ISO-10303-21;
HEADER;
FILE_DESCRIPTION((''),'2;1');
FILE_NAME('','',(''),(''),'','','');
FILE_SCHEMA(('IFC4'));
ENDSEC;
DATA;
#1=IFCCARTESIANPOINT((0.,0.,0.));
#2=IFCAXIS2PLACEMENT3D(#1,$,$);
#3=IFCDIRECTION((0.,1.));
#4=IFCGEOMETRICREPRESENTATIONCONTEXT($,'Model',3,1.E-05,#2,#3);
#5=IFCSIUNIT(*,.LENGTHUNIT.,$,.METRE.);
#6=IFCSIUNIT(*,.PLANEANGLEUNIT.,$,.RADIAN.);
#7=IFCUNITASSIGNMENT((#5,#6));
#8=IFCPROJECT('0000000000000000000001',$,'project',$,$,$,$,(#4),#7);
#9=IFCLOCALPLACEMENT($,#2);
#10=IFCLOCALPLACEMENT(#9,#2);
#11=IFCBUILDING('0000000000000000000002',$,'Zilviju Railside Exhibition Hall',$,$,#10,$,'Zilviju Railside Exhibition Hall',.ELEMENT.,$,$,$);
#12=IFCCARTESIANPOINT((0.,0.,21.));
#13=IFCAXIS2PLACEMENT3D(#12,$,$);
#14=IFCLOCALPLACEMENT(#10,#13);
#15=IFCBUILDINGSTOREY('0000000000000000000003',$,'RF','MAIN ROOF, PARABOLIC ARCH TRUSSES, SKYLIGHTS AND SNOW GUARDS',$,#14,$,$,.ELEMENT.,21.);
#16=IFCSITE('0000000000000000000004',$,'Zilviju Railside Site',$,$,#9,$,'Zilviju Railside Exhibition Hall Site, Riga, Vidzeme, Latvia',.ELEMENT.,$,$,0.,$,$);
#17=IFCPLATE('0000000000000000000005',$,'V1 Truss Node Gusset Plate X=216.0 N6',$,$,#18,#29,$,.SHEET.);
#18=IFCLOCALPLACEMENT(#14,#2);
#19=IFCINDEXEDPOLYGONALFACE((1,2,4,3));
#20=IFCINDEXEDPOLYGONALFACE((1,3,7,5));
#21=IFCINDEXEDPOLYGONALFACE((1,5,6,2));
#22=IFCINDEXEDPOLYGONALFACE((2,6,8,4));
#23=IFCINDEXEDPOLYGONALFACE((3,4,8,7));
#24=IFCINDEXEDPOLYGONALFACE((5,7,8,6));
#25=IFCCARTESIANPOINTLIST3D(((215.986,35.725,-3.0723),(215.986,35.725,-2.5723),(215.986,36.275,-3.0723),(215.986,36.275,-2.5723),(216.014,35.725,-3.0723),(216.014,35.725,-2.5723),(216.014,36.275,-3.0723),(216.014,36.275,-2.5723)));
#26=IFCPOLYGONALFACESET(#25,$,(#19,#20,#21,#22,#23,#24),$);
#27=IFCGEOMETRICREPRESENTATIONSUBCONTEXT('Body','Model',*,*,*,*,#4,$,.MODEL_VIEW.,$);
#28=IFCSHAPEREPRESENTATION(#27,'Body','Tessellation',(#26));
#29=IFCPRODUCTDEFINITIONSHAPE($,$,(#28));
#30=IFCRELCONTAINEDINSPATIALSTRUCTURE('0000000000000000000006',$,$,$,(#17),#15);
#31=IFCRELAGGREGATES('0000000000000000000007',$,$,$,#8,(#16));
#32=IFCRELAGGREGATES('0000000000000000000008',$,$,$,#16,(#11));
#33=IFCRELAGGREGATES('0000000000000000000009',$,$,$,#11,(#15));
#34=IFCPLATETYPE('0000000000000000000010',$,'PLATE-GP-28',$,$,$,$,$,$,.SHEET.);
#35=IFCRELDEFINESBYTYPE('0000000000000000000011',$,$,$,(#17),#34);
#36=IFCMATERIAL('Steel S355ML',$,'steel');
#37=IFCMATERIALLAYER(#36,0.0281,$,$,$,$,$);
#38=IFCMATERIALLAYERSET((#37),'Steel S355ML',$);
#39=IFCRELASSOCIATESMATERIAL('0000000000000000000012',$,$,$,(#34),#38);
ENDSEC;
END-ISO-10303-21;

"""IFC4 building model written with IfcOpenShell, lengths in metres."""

from ifc_helpers import new_model, si_unit, direction, frame, origin, origin_2d, place, context, subcontext, project, spatial, rectangle, extrude, material, layer, layer_set, type_object, element, save


model = new_model("IFC4")

# Units and contexts
model_context = context("Model", 3, precision=1e-05, world=origin(), true_north=direction((0.0, 1.0)))
body_context = subcontext(model_context, "Body", "Model", "MODEL_VIEW")
ifc_project = project(units=[si_unit("LENGTHUNIT", "METRE"), si_unit("PLANEANGLEUNIT", "RADIAN")], contexts=[model_context])

# Site, building, storey
site_placement = place(None, origin())
site = spatial("IfcSite", under=ifc_project, at=site_placement, Name="Zilviju Railside Site", LongName="Zilviju Railside Exhibition Hall Site, Riga, Vidzeme, Latvia", CompositionType="ELEMENT", RefElevation=0.0)
building_placement = place(site_placement, origin())
building = spatial("IfcBuilding", under=site, at=building_placement, Name="Zilviju Railside Exhibition Hall", LongName="Zilviju Railside Exhibition Hall", CompositionType="ELEMENT")
storey_placement = place(building_placement, frame((0.0, 0.0, 21.0)))
storey = spatial("IfcBuildingStorey", under=building, at=storey_placement, Name="RF", Description="MAIN ROOF, PARABOLIC ARCH TRUSSES, SKYLIGHTS AND SNOW GUARDS", CompositionType="ELEMENT", Elevation=21.0)

# Shared definitions
ifc_material_1 = material(Name="Steel S355ML", Category="steel")

# Plate
ifc_layer_1 = layer(ifc_material_1, 0.0281)
ifc_layer_set_1 = layer_set([ifc_layer_1], Name="Steel S355ML")
plate_type = type_object("IfcPlateType", Name="PLATE-GP-28", PredefinedType="SHEET", material=ifc_layer_set_1)
for number, where, z_axis, x_axis, name in (
    (1, (216.0, 36.0, -3.0723), (0.0, 0.0, 1.0), (1.0, 0.0, 0.0), "V1 Truss Node Gusset Plate X=216.0 N6"),
):
    element("IfcPlate", number, at=place(storey_placement, frame(where, z_axis=z_axis, x_axis=x_axis)), inside=storey, type_object=plate_type, Name=name, PredefinedType="SHEET", context=body_context, shape_type="SweptSolid", body=[
        extrude(rectangle(XDim=0.0281, YDim=0.55, at=origin_2d()), origin(), (0.0, 0.0, 1.0), 0.5),
    ])

save(model, "model.ifc")
